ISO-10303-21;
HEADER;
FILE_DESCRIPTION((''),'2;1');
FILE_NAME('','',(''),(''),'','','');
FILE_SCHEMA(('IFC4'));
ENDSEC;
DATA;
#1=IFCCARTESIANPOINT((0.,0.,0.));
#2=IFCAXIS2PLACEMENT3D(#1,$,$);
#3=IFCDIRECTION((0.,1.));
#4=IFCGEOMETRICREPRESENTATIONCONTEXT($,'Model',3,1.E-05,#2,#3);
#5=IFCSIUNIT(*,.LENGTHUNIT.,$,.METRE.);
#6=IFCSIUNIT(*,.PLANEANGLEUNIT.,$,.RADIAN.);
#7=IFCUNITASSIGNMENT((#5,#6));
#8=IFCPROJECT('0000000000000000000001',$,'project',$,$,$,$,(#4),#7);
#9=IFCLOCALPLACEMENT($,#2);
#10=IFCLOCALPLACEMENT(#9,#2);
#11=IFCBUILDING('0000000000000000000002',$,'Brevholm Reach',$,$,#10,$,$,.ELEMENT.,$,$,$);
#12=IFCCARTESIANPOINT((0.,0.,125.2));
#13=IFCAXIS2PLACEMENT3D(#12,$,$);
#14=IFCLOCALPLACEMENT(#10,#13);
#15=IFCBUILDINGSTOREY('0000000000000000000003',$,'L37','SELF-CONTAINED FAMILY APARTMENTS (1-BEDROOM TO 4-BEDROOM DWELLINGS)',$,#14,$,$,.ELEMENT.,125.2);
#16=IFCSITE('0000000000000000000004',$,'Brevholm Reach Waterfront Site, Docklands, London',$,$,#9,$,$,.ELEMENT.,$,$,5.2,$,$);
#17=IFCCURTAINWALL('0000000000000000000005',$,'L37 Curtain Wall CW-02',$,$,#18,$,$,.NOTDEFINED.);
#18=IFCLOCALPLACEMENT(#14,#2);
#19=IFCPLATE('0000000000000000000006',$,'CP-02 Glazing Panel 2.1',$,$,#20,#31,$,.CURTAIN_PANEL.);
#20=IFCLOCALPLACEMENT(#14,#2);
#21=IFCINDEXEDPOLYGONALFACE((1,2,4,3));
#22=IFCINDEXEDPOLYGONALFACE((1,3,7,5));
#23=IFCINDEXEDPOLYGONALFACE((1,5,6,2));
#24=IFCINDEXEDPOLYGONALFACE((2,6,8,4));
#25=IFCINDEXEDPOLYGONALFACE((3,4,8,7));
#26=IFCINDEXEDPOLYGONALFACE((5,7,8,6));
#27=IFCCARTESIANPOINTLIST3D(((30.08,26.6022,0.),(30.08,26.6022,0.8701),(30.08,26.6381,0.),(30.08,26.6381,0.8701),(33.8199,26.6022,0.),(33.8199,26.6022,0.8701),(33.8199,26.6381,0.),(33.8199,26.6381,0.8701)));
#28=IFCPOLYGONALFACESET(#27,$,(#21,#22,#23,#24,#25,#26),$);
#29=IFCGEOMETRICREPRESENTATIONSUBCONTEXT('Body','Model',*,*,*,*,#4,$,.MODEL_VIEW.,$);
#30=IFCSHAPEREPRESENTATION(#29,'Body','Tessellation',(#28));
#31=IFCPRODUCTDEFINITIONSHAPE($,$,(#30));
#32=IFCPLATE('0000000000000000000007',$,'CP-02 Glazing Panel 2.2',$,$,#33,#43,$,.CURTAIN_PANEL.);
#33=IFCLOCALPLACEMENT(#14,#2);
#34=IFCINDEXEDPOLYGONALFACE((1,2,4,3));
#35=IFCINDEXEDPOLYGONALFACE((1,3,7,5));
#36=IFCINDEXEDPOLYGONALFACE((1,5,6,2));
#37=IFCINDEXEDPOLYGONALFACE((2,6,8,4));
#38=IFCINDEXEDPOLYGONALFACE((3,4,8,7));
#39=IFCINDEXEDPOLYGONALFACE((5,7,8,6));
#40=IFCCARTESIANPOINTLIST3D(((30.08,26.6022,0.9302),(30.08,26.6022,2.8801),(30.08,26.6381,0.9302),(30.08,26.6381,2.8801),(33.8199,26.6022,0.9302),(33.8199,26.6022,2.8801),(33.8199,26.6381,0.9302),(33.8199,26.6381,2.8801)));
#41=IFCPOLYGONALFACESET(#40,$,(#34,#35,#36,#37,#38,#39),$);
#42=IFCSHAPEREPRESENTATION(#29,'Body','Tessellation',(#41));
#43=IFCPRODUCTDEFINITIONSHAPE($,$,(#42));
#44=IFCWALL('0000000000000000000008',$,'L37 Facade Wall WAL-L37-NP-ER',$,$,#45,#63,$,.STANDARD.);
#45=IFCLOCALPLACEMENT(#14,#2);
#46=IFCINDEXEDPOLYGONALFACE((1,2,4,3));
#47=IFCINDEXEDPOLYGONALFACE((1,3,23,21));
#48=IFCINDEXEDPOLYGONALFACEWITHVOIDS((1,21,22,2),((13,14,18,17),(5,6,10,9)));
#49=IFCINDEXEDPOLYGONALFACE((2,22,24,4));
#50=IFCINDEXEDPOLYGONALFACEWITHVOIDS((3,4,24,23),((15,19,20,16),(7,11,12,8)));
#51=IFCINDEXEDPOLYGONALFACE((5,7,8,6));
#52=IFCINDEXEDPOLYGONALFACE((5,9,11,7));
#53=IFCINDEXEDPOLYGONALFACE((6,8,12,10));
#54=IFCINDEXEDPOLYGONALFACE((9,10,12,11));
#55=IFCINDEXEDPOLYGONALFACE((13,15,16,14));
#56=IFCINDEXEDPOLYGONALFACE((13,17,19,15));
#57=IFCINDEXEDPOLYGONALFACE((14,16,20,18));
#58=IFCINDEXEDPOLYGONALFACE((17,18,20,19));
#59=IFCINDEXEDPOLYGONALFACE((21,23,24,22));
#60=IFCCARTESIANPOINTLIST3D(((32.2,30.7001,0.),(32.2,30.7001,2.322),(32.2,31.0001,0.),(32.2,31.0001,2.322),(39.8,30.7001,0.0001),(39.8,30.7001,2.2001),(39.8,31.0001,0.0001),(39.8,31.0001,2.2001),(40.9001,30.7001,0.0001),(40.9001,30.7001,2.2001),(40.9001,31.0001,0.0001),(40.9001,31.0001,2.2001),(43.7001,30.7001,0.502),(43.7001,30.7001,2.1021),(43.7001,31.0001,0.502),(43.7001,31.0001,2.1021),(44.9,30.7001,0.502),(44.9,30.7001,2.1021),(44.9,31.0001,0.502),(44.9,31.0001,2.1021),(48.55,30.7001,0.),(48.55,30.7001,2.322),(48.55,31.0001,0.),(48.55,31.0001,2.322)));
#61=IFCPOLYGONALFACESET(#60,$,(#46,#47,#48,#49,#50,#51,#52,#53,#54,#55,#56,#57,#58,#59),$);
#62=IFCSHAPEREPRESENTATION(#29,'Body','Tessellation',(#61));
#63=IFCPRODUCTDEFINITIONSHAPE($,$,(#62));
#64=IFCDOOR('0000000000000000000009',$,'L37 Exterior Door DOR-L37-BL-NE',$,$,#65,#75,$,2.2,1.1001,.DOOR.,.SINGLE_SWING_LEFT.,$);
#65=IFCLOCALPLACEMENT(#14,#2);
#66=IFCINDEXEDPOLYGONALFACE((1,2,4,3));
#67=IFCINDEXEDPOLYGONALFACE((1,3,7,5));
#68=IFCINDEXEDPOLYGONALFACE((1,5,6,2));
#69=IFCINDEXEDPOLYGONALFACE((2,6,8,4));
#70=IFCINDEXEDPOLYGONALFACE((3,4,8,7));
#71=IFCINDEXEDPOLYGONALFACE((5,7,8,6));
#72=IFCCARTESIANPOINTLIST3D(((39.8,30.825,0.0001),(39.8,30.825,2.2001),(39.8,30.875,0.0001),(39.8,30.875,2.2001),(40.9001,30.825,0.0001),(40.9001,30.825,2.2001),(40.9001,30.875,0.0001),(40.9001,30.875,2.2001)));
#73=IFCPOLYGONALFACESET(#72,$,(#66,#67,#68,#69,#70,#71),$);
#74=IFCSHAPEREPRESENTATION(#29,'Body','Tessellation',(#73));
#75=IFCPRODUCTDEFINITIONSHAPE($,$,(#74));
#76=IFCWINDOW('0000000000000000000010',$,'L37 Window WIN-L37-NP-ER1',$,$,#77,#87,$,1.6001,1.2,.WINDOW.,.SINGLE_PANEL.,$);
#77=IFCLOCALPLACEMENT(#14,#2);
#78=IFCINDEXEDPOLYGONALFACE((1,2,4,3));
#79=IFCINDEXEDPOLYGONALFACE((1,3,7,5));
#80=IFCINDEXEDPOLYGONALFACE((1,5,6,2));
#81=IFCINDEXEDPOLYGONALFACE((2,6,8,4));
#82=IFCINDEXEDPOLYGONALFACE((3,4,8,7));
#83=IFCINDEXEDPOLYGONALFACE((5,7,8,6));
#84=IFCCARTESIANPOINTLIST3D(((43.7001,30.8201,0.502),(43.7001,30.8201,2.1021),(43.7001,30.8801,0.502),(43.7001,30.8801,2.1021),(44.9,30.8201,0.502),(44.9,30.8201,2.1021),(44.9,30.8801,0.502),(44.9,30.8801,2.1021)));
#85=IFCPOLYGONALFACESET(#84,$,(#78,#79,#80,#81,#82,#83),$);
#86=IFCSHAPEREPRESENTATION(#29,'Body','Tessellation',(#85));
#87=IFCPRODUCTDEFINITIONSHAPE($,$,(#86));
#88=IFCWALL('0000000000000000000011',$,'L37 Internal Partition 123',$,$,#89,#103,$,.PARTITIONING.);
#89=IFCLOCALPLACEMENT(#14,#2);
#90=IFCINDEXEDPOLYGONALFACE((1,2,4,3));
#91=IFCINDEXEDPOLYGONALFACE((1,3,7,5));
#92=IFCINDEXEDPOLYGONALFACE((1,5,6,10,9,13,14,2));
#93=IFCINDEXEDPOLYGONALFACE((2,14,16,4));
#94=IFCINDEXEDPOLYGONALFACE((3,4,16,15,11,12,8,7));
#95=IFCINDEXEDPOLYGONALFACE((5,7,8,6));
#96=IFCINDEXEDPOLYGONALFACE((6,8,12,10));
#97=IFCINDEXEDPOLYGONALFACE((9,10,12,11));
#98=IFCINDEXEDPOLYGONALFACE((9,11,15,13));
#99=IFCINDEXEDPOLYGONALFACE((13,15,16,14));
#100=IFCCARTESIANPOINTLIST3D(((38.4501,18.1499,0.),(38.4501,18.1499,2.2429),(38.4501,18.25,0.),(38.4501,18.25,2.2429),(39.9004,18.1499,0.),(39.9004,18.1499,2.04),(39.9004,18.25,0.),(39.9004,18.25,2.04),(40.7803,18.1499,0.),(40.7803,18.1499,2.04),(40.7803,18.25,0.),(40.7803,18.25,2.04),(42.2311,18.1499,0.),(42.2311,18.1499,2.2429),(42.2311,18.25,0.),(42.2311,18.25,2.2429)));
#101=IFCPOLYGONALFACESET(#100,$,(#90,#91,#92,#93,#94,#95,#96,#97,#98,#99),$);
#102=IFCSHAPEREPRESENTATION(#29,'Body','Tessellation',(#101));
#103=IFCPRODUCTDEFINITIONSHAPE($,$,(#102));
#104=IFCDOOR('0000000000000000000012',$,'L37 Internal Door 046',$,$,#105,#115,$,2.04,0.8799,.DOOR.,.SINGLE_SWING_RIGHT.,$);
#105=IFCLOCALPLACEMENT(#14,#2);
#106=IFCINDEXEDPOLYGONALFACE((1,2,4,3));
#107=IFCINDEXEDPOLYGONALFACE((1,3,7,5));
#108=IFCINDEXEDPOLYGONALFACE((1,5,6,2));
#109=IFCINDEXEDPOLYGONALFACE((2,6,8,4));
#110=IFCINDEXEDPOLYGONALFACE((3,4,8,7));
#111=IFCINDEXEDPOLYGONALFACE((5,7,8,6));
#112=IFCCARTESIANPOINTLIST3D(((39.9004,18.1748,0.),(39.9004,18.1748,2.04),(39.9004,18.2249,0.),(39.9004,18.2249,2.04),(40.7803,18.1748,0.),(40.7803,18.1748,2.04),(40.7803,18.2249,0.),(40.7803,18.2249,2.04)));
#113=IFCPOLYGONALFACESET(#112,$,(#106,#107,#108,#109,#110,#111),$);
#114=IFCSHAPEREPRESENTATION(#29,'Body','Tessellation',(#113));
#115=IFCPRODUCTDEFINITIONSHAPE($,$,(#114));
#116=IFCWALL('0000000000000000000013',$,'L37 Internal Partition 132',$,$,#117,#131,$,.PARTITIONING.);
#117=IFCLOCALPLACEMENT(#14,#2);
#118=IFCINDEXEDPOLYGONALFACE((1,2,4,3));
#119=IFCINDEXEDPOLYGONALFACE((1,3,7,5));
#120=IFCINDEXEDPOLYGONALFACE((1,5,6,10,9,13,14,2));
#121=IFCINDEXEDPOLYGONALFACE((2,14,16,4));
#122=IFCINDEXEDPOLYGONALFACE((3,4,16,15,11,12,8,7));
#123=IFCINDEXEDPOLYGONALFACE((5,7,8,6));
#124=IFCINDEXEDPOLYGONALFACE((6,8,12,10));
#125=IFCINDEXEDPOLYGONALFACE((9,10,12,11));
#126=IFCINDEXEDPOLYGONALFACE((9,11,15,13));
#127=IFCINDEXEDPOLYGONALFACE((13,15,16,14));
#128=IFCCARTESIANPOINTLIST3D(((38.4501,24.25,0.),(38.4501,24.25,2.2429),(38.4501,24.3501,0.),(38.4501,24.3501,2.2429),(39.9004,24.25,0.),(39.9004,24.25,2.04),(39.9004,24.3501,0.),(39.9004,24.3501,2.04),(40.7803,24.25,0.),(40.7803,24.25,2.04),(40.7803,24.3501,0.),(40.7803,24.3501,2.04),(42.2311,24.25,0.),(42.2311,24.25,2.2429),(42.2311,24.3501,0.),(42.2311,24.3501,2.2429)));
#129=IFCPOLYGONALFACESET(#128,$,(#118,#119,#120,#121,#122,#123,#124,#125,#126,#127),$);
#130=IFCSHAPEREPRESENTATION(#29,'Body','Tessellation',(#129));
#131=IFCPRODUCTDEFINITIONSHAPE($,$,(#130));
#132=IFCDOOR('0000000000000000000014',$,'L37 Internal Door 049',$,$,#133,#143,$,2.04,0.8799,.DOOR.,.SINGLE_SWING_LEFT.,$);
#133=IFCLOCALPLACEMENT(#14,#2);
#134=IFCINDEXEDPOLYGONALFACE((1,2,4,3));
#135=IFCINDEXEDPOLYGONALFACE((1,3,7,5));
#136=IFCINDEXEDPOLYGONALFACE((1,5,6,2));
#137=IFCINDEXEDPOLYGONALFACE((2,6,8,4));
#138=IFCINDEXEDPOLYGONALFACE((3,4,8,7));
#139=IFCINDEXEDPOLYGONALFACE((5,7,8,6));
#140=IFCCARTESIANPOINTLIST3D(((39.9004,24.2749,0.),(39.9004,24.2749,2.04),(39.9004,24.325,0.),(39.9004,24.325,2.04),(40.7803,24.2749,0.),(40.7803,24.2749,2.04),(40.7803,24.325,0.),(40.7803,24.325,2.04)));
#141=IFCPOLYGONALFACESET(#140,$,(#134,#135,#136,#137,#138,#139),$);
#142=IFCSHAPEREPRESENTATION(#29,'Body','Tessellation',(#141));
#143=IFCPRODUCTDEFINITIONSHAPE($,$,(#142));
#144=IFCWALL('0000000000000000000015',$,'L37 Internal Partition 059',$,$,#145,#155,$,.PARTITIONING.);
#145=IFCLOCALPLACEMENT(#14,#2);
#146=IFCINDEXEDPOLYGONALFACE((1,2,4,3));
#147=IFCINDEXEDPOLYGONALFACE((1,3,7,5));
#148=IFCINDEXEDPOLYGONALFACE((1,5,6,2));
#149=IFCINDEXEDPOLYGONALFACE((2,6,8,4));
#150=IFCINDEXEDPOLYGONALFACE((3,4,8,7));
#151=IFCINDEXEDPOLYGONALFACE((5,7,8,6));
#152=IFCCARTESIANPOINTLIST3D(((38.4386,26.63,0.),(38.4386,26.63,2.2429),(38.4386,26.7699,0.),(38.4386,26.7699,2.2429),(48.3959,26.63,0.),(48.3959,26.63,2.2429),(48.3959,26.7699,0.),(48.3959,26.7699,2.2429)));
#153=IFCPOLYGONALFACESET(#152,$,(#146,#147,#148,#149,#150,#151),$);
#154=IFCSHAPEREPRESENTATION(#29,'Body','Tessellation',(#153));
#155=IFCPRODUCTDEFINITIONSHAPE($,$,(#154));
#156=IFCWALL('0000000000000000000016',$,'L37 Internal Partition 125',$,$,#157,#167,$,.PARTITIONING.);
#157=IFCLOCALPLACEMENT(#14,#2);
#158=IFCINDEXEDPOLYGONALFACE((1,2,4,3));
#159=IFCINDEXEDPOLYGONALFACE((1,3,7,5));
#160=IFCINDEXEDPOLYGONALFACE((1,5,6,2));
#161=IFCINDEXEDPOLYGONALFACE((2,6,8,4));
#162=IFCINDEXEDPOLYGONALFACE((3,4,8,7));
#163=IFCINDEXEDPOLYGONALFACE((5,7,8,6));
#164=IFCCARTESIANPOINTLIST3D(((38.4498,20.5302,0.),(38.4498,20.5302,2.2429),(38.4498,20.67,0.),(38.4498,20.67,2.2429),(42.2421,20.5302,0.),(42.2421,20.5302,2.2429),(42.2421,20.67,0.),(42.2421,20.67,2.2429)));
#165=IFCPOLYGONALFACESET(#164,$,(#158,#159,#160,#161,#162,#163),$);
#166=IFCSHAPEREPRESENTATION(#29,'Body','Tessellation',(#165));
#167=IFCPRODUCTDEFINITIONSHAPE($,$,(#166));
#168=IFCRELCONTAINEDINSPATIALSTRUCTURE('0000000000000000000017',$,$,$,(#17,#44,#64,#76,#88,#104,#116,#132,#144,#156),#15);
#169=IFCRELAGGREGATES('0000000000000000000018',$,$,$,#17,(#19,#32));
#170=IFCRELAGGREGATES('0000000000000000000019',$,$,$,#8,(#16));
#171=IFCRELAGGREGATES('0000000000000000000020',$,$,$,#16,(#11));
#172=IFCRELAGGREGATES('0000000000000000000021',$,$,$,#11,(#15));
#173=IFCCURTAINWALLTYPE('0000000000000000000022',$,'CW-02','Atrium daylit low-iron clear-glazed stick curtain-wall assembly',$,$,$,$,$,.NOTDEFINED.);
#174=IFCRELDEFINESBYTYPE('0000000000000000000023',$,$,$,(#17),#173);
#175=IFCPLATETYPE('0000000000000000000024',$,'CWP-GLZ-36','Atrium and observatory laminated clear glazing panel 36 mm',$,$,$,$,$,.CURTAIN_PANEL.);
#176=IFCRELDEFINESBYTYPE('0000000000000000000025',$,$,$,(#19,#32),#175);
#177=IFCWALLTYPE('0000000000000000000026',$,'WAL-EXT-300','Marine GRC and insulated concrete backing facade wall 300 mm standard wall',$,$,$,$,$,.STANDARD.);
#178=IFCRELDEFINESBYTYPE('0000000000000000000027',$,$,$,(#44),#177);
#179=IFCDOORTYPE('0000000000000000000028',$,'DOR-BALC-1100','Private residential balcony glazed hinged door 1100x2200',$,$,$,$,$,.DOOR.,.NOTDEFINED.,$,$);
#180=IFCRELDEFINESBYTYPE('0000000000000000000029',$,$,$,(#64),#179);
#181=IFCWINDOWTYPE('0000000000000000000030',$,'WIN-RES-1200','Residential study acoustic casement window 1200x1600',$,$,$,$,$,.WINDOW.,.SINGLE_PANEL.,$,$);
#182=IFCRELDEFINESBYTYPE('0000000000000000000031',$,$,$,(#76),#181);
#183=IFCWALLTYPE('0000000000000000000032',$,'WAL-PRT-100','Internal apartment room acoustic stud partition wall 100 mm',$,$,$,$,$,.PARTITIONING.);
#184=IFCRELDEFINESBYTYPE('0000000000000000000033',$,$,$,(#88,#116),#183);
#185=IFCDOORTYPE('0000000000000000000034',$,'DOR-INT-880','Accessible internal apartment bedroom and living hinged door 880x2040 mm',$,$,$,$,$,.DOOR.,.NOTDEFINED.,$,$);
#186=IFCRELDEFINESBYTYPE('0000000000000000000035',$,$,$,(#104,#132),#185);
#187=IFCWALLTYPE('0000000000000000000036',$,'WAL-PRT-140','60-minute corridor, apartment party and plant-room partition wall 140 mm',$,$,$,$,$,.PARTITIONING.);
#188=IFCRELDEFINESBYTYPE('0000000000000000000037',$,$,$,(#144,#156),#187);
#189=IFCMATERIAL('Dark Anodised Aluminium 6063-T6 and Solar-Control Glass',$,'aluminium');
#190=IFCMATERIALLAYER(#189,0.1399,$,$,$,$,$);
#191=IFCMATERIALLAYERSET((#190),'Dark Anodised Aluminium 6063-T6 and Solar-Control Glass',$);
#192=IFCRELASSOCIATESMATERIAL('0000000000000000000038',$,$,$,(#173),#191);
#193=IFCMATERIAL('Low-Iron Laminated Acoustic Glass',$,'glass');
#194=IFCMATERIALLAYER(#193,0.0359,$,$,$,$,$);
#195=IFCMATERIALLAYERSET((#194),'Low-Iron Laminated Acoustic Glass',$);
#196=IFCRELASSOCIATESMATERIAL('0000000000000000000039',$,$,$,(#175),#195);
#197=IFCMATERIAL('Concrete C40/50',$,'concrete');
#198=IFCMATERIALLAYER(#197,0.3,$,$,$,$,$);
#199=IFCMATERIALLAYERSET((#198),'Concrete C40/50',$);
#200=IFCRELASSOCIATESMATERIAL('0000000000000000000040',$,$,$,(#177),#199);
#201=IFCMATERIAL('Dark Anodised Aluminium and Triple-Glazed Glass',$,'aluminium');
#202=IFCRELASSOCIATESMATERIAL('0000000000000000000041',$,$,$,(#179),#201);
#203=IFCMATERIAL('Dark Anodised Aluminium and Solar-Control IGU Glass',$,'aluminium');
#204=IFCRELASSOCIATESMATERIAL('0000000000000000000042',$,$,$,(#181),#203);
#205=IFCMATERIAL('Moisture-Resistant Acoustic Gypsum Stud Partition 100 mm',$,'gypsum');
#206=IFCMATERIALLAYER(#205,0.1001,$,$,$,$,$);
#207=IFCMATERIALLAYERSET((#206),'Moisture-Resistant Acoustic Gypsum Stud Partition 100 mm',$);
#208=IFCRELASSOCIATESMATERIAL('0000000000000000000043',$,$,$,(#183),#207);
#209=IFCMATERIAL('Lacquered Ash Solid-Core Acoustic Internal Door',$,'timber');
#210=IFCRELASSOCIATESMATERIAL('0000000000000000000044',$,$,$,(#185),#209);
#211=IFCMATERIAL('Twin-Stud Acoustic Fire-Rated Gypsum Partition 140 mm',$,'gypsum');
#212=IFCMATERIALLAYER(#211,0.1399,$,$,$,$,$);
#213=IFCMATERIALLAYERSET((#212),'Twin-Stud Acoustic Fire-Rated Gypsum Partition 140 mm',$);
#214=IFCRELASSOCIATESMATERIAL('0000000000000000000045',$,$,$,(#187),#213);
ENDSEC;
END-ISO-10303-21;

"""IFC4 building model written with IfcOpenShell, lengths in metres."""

from ifc_helpers import new_model, si_unit, direction, frame, frame_2d, origin, origin_2d, place, context, subcontext, project, spatial, rectangle, extrude, material, layer, layer_set, type_object, element, fill, aggregate, save


model = new_model("IFC4")

# Units and contexts
model_context = context("Model", 3, precision=1e-05, world=origin(), true_north=direction((0.0, 1.0)))
body_context = subcontext(model_context, "Body", "Model", "MODEL_VIEW")
ifc_project = project(units=[si_unit("LENGTHUNIT", "METRE"), si_unit("PLANEANGLEUNIT", "RADIAN")], contexts=[model_context])

# Site, building, storey
site_placement = place(None, origin())
site = spatial("IfcSite", under=ifc_project, at=site_placement, Name="Brevholm Reach Waterfront Site, Docklands, London", CompositionType="ELEMENT", RefElevation=5.2)
building_placement = place(site_placement, origin())
building = spatial("IfcBuilding", under=site, at=building_placement, Name="Brevholm Reach", CompositionType="ELEMENT")
storey_placement = place(building_placement, frame((0.0, 0.0, 125.2)))
storey = spatial("IfcBuildingStorey", under=building, at=storey_placement, Name="L37", Description="SELF-CONTAINED FAMILY APARTMENTS (1-BEDROOM TO 4-BEDROOM DWELLINGS)", CompositionType="ELEMENT", Elevation=125.2)

# Curtain wall
ifc_material_1 = material(Name="Dark Anodised Aluminium 6063-T6 and Solar-Control Glass", Category="aluminium")
ifc_layer_1 = layer(ifc_material_1, 0.1399)
ifc_layer_set_1 = layer_set([ifc_layer_1], Name="Dark Anodised Aluminium 6063-T6 and Solar-Control Glass")
curtain_wall_type_1 = type_object("IfcCurtainWallType", Name="CW-02", Description="Atrium daylit low-iron clear-glazed stick curtain-wall assembly", PredefinedType="NOTDEFINED", material=ifc_layer_set_1)
curtain_wall_1_placement = place(storey_placement, origin())
curtain_wall_1 = element("IfcCurtainWall", 1, at=curtain_wall_1_placement, inside=storey, type_object=curtain_wall_type_1, Name="L37 Curtain Wall CW-02", PredefinedType="NOTDEFINED")

# Plates
ifc_material_2 = material(Name="Low-Iron Laminated Acoustic Glass", Category="glass")
ifc_layer_2 = layer(ifc_material_2, 0.0359)
ifc_layer_set_2 = layer_set([ifc_layer_2], Name="Low-Iron Laminated Acoustic Glass")
plate_type_1 = type_object("IfcPlateType", Name="CWP-GLZ-36", Description="Atrium and observatory laminated clear glazing panel 36 mm", PredefinedType="CURTAIN_PANEL", material=ifc_layer_set_2)
plate_1_placement = place(storey_placement, frame((31.95, 26.6201, 0.0), z_axis=(0.0, 0.0, 1.0), x_axis=(-1.0, 0.0, 0.0)))
plate_1 = element("IfcPlate", 2, at=plate_1_placement, type_object=plate_type_1, Name="CP-02 Glazing Panel 2.1", PredefinedType="CURTAIN_PANEL", context=body_context, shape_type="SweptSolid", body=[
    extrude(rectangle(XDim=3.74, YDim=0.0359, at=origin_2d()), origin(), (0.0, 0.0, 1.0), 0.8701),
])
plate_2_placement = place(storey_placement, frame((31.95, 26.6201, 0.9302), z_axis=(0.0, 0.0, 1.0), x_axis=(-1.0, 0.0, 0.0)))
plate_2 = element("IfcPlate", 3, at=plate_2_placement, type_object=plate_type_1, Name="CP-02 Glazing Panel 2.2", PredefinedType="CURTAIN_PANEL", context=body_context, shape_type="SweptSolid", body=[
    extrude(rectangle(XDim=3.74, YDim=0.0359, at=origin_2d()), origin(), (0.0, 0.0, 1.0), 1.95),
])
aggregate(curtain_wall_1, [plate_1, plate_2])

# Wall, openings, door, window
ifc_material_3 = material(Name="Concrete C40/50", Category="concrete")
ifc_layer_3 = layer(ifc_material_3, 0.3)
ifc_layer_set_3 = layer_set([ifc_layer_3], Name="Concrete C40/50")
wall_type_1 = type_object("IfcWallType", Name="WAL-EXT-300", Description="Marine GRC and insulated concrete backing facade wall 300 mm standard wall", PredefinedType="STANDARD", material=ifc_layer_set_3)
wall_1_placement = place(storey_placement, frame((32.2, 30.8501, 0.0), z_axis=(0.0, 0.0, 1.0), x_axis=(1.0, 0.0, 0.0)))
wall_1 = element("IfcWall", 4, at=wall_1_placement, inside=storey, type_object=wall_type_1, Name="L37 Facade Wall WAL-L37-NP-ER", PredefinedType="STANDARD", context=body_context, shape_type="SweptSolid", body=[
    extrude(rectangle(XDim=16.3501, YDim=0.3, at=frame_2d((8.175, 0.0))), origin(), (0.0, 0.0, 1.0), 2.322),
])
opening_1_placement = place(wall_1_placement, frame((7.6001, 0.0, 0.0)))
opening_1 = element("IfcOpeningElement", 5, at=opening_1_placement, cuts=wall_1, PredefinedType="OPENING", context=body_context, shape_type="SweptSolid", body=[
    extrude(rectangle(XDim=1.1001, YDim=2.2, at=frame_2d((0.55, 1.1001))), frame((0.0, 0.1599, 0.0), z_axis=(0.0, -1.0, 0.0), x_axis=(1.0, 0.0, 0.0)), (0.0, 0.0, 1.0), 0.3201),
])
opening_2_placement = place(wall_1_placement, frame((11.5, 0.0, 0.502)))
opening_2 = element("IfcOpeningElement", 6, at=opening_2_placement, cuts=wall_1, PredefinedType="OPENING", context=body_context, shape_type="SweptSolid", body=[
    extrude(rectangle(XDim=1.2, YDim=1.6001, at=frame_2d((0.6001, 0.8))), frame((0.0, 0.1599, 0.0), z_axis=(0.0, -1.0, 0.0), x_axis=(1.0, 0.0, 0.0)), (0.0, 0.0, 1.0), 0.3201),
])
ifc_material_4 = material(Name="Dark Anodised Aluminium and Triple-Glazed Glass", Category="aluminium")
door_type_1 = type_object("IfcDoorType", Name="DOR-BALC-1100", Description="Private residential balcony glazed hinged door 1100x2200", OperationType="NOTDEFINED", PredefinedType="DOOR", material=ifc_material_4)
door_1_placement = place(opening_1_placement, origin())
door_1 = element("IfcDoor", 7, at=door_1_placement, inside=storey, type_object=door_type_1, Name="L37 Exterior Door DOR-L37-BL-NE", OperationType="SINGLE_SWING_LEFT", OverallHeight=2.2, OverallWidth=1.1001, PredefinedType="DOOR", context=body_context, shape_type="SweptSolid", body=[
    extrude(rectangle(XDim=1.1001, YDim=2.2, at=frame_2d((0.55, 1.1001))), frame((0.0, 0.0249, 0.0), z_axis=(0.0, -1.0, 0.0), x_axis=(1.0, 0.0, 0.0)), (0.0, 0.0, 1.0), 0.05),
])
fill(opening_1, door_1)
ifc_material_5 = material(Name="Dark Anodised Aluminium and Solar-Control IGU Glass", Category="aluminium")
window_type = type_object("IfcWindowType", Name="WIN-RES-1200", Description="Residential study acoustic casement window 1200x1600", PartitioningType="SINGLE_PANEL", PredefinedType="WINDOW", material=ifc_material_5)
window_placement = place(opening_2_placement, origin())
window = element("IfcWindow", 8, at=window_placement, inside=storey, type_object=window_type, Name="L37 Window WIN-L37-NP-ER1", OverallHeight=1.6001, OverallWidth=1.2, PartitioningType="SINGLE_PANEL", PredefinedType="WINDOW", context=body_context, shape_type="SweptSolid", body=[
    extrude(rectangle(XDim=1.2, YDim=1.6001, at=frame_2d((0.6001, 0.8))), frame((0.0, 0.03, 0.0), z_axis=(0.0, -1.0, 0.0), x_axis=(1.0, 0.0, 0.0)), (0.0, 0.0, 1.0), 0.0601),
])
fill(opening_2, window)

# Walls, openings, doors
ifc_material_6 = material(Name="Moisture-Resistant Acoustic Gypsum Stud Partition 100 mm", Category="gypsum")
ifc_layer_4 = layer(ifc_material_6, 0.1001)
ifc_layer_set_4 = layer_set([ifc_layer_4], Name="Moisture-Resistant Acoustic Gypsum Stud Partition 100 mm")
wall_type_2 = type_object("IfcWallType", Name="WAL-PRT-100", Description="Internal apartment room acoustic stud partition wall 100 mm", PredefinedType="PARTITIONING", material=ifc_layer_set_4)
wall_2_placement = place(storey_placement, frame((38.45, 18.2, 0.0), z_axis=(0.0, 0.0, 1.0), x_axis=(1.0, 0.0, 0.0)))
wall_2 = element("IfcWall", 9, at=wall_2_placement, inside=storey, type_object=wall_type_2, Name="L37 Internal Partition 123", PredefinedType="PARTITIONING", context=body_context, shape_type="SweptSolid", body=[
    extrude(rectangle(XDim=3.781, YDim=0.1001, at=frame_2d((1.8906, 0.0))), origin(), (0.0, 0.0, 1.0), 2.2429),
])
opening_3_placement = place(wall_2_placement, frame((1.4504, 0.0, 0.0)))
opening_3 = element("IfcOpeningElement", 10, at=opening_3_placement, cuts=wall_2, PredefinedType="OPENING", context=body_context, shape_type="SweptSolid", body=[
    extrude(rectangle(XDim=0.8799, YDim=2.04, at=frame_2d((0.4399, 1.02))), frame((0.0, 0.0601, 0.0), z_axis=(0.0, -1.0, 0.0), x_axis=(1.0, 0.0, 0.0)), (0.0, 0.0, 1.0), 0.1201),
])
ifc_material_7 = material(Name="Lacquered Ash Solid-Core Acoustic Internal Door", Category="timber")
door_type_2 = type_object("IfcDoorType", Name="DOR-INT-880", Description="Accessible internal apartment bedroom and living hinged door 880x2040 mm", OperationType="NOTDEFINED", PredefinedType="DOOR", material=ifc_material_7)
door_2_placement = place(opening_3_placement, origin())
door_2 = element("IfcDoor", 11, at=door_2_placement, inside=storey, type_object=door_type_2, Name="L37 Internal Door 046", OperationType="SINGLE_SWING_RIGHT", OverallHeight=2.04, OverallWidth=0.8799, PredefinedType="DOOR", context=body_context, shape_type="SweptSolid", body=[
    extrude(rectangle(XDim=0.8799, YDim=2.04, at=frame_2d((0.4399, 1.02))), frame((0.0, 0.0249, 0.0), z_axis=(0.0, -1.0, 0.0), x_axis=(1.0, 0.0, 0.0)), (0.0, 0.0, 1.0), 0.05),
])
fill(opening_3, door_2)
wall_3_placement = place(storey_placement, frame((38.45, 24.3, 0.0), z_axis=(0.0, 0.0, 1.0), x_axis=(1.0, 0.0, 0.0)))
wall_3 = element("IfcWall", 12, at=wall_3_placement, inside=storey, type_object=wall_type_2, Name="L37 Internal Partition 132", PredefinedType="PARTITIONING", context=body_context, shape_type="SweptSolid", body=[
    extrude(rectangle(XDim=3.781, YDim=0.1001, at=frame_2d((1.8906, 0.0))), origin(), (0.0, 0.0, 1.0), 2.2429),
])
opening_4_placement = place(wall_3_placement, frame((1.4504, 0.0, 0.0)))
opening_4 = element("IfcOpeningElement", 13, at=opening_4_placement, cuts=wall_3, PredefinedType="OPENING", context=body_context, shape_type="SweptSolid", body=[
    extrude(rectangle(XDim=0.8799, YDim=2.04, at=frame_2d((0.4399, 1.02))), frame((0.0, 0.0601, 0.0), z_axis=(0.0, -1.0, 0.0), x_axis=(1.0, 0.0, 0.0)), (0.0, 0.0, 1.0), 0.1201),
])
door_3_placement = place(opening_4_placement, origin())
door_3 = element("IfcDoor", 14, at=door_3_placement, inside=storey, type_object=door_type_2, Name="L37 Internal Door 049", OperationType="SINGLE_SWING_LEFT", OverallHeight=2.04, OverallWidth=0.8799, PredefinedType="DOOR", context=body_context, shape_type="SweptSolid", body=[
    extrude(rectangle(XDim=0.8799, YDim=2.04, at=frame_2d((0.4399, 1.02))), frame((0.0, 0.0249, 0.0), z_axis=(0.0, -1.0, 0.0), x_axis=(1.0, 0.0, 0.0)), (0.0, 0.0, 1.0), 0.05),
])
fill(opening_4, door_3)

# Walls
ifc_material_8 = material(Name="Twin-Stud Acoustic Fire-Rated Gypsum Partition 140 mm", Category="gypsum")
ifc_layer_5 = layer(ifc_material_8, 0.1399)
ifc_layer_set_5 = layer_set([ifc_layer_5], Name="Twin-Stud Acoustic Fire-Rated Gypsum Partition 140 mm")
wall_type_3 = type_object("IfcWallType", Name="WAL-PRT-140", Description="60-minute corridor, apartment party and plant-room partition wall 140 mm", PredefinedType="PARTITIONING", material=ifc_layer_set_5)
wall_4_placement = place(storey_placement, frame((38.4387, 26.7, 0.0), z_axis=(0.0, 0.0, 1.0), x_axis=(1.0, 0.0, 0.0)))
element("IfcWall", 15, at=wall_4_placement, inside=storey, type_object=wall_type_3, Name="L37 Internal Partition 059", PredefinedType="PARTITIONING", context=body_context, shape_type="SweptSolid", body=[
    extrude(rectangle(XDim=9.9573, YDim=0.1399, at=frame_2d((4.9785, 0.0))), origin(), (0.0, 0.0, 1.0), 2.2429),
])
wall_5_placement = place(storey_placement, frame((38.45, 20.6001, 0.0), z_axis=(0.0, 0.0, 1.0), x_axis=(1.0, 0.0, 0.0)))
element("IfcWall", 16, at=wall_5_placement, inside=storey, type_object=wall_type_3, Name="L37 Internal Partition 125", PredefinedType="PARTITIONING", context=body_context, shape_type="SweptSolid", body=[
    extrude(rectangle(XDim=3.7922, YDim=0.1399, at=frame_2d((1.896, 0.0))), origin(), (0.0, 0.0, 1.0), 2.2429),
])

save(model, "model.ifc")
